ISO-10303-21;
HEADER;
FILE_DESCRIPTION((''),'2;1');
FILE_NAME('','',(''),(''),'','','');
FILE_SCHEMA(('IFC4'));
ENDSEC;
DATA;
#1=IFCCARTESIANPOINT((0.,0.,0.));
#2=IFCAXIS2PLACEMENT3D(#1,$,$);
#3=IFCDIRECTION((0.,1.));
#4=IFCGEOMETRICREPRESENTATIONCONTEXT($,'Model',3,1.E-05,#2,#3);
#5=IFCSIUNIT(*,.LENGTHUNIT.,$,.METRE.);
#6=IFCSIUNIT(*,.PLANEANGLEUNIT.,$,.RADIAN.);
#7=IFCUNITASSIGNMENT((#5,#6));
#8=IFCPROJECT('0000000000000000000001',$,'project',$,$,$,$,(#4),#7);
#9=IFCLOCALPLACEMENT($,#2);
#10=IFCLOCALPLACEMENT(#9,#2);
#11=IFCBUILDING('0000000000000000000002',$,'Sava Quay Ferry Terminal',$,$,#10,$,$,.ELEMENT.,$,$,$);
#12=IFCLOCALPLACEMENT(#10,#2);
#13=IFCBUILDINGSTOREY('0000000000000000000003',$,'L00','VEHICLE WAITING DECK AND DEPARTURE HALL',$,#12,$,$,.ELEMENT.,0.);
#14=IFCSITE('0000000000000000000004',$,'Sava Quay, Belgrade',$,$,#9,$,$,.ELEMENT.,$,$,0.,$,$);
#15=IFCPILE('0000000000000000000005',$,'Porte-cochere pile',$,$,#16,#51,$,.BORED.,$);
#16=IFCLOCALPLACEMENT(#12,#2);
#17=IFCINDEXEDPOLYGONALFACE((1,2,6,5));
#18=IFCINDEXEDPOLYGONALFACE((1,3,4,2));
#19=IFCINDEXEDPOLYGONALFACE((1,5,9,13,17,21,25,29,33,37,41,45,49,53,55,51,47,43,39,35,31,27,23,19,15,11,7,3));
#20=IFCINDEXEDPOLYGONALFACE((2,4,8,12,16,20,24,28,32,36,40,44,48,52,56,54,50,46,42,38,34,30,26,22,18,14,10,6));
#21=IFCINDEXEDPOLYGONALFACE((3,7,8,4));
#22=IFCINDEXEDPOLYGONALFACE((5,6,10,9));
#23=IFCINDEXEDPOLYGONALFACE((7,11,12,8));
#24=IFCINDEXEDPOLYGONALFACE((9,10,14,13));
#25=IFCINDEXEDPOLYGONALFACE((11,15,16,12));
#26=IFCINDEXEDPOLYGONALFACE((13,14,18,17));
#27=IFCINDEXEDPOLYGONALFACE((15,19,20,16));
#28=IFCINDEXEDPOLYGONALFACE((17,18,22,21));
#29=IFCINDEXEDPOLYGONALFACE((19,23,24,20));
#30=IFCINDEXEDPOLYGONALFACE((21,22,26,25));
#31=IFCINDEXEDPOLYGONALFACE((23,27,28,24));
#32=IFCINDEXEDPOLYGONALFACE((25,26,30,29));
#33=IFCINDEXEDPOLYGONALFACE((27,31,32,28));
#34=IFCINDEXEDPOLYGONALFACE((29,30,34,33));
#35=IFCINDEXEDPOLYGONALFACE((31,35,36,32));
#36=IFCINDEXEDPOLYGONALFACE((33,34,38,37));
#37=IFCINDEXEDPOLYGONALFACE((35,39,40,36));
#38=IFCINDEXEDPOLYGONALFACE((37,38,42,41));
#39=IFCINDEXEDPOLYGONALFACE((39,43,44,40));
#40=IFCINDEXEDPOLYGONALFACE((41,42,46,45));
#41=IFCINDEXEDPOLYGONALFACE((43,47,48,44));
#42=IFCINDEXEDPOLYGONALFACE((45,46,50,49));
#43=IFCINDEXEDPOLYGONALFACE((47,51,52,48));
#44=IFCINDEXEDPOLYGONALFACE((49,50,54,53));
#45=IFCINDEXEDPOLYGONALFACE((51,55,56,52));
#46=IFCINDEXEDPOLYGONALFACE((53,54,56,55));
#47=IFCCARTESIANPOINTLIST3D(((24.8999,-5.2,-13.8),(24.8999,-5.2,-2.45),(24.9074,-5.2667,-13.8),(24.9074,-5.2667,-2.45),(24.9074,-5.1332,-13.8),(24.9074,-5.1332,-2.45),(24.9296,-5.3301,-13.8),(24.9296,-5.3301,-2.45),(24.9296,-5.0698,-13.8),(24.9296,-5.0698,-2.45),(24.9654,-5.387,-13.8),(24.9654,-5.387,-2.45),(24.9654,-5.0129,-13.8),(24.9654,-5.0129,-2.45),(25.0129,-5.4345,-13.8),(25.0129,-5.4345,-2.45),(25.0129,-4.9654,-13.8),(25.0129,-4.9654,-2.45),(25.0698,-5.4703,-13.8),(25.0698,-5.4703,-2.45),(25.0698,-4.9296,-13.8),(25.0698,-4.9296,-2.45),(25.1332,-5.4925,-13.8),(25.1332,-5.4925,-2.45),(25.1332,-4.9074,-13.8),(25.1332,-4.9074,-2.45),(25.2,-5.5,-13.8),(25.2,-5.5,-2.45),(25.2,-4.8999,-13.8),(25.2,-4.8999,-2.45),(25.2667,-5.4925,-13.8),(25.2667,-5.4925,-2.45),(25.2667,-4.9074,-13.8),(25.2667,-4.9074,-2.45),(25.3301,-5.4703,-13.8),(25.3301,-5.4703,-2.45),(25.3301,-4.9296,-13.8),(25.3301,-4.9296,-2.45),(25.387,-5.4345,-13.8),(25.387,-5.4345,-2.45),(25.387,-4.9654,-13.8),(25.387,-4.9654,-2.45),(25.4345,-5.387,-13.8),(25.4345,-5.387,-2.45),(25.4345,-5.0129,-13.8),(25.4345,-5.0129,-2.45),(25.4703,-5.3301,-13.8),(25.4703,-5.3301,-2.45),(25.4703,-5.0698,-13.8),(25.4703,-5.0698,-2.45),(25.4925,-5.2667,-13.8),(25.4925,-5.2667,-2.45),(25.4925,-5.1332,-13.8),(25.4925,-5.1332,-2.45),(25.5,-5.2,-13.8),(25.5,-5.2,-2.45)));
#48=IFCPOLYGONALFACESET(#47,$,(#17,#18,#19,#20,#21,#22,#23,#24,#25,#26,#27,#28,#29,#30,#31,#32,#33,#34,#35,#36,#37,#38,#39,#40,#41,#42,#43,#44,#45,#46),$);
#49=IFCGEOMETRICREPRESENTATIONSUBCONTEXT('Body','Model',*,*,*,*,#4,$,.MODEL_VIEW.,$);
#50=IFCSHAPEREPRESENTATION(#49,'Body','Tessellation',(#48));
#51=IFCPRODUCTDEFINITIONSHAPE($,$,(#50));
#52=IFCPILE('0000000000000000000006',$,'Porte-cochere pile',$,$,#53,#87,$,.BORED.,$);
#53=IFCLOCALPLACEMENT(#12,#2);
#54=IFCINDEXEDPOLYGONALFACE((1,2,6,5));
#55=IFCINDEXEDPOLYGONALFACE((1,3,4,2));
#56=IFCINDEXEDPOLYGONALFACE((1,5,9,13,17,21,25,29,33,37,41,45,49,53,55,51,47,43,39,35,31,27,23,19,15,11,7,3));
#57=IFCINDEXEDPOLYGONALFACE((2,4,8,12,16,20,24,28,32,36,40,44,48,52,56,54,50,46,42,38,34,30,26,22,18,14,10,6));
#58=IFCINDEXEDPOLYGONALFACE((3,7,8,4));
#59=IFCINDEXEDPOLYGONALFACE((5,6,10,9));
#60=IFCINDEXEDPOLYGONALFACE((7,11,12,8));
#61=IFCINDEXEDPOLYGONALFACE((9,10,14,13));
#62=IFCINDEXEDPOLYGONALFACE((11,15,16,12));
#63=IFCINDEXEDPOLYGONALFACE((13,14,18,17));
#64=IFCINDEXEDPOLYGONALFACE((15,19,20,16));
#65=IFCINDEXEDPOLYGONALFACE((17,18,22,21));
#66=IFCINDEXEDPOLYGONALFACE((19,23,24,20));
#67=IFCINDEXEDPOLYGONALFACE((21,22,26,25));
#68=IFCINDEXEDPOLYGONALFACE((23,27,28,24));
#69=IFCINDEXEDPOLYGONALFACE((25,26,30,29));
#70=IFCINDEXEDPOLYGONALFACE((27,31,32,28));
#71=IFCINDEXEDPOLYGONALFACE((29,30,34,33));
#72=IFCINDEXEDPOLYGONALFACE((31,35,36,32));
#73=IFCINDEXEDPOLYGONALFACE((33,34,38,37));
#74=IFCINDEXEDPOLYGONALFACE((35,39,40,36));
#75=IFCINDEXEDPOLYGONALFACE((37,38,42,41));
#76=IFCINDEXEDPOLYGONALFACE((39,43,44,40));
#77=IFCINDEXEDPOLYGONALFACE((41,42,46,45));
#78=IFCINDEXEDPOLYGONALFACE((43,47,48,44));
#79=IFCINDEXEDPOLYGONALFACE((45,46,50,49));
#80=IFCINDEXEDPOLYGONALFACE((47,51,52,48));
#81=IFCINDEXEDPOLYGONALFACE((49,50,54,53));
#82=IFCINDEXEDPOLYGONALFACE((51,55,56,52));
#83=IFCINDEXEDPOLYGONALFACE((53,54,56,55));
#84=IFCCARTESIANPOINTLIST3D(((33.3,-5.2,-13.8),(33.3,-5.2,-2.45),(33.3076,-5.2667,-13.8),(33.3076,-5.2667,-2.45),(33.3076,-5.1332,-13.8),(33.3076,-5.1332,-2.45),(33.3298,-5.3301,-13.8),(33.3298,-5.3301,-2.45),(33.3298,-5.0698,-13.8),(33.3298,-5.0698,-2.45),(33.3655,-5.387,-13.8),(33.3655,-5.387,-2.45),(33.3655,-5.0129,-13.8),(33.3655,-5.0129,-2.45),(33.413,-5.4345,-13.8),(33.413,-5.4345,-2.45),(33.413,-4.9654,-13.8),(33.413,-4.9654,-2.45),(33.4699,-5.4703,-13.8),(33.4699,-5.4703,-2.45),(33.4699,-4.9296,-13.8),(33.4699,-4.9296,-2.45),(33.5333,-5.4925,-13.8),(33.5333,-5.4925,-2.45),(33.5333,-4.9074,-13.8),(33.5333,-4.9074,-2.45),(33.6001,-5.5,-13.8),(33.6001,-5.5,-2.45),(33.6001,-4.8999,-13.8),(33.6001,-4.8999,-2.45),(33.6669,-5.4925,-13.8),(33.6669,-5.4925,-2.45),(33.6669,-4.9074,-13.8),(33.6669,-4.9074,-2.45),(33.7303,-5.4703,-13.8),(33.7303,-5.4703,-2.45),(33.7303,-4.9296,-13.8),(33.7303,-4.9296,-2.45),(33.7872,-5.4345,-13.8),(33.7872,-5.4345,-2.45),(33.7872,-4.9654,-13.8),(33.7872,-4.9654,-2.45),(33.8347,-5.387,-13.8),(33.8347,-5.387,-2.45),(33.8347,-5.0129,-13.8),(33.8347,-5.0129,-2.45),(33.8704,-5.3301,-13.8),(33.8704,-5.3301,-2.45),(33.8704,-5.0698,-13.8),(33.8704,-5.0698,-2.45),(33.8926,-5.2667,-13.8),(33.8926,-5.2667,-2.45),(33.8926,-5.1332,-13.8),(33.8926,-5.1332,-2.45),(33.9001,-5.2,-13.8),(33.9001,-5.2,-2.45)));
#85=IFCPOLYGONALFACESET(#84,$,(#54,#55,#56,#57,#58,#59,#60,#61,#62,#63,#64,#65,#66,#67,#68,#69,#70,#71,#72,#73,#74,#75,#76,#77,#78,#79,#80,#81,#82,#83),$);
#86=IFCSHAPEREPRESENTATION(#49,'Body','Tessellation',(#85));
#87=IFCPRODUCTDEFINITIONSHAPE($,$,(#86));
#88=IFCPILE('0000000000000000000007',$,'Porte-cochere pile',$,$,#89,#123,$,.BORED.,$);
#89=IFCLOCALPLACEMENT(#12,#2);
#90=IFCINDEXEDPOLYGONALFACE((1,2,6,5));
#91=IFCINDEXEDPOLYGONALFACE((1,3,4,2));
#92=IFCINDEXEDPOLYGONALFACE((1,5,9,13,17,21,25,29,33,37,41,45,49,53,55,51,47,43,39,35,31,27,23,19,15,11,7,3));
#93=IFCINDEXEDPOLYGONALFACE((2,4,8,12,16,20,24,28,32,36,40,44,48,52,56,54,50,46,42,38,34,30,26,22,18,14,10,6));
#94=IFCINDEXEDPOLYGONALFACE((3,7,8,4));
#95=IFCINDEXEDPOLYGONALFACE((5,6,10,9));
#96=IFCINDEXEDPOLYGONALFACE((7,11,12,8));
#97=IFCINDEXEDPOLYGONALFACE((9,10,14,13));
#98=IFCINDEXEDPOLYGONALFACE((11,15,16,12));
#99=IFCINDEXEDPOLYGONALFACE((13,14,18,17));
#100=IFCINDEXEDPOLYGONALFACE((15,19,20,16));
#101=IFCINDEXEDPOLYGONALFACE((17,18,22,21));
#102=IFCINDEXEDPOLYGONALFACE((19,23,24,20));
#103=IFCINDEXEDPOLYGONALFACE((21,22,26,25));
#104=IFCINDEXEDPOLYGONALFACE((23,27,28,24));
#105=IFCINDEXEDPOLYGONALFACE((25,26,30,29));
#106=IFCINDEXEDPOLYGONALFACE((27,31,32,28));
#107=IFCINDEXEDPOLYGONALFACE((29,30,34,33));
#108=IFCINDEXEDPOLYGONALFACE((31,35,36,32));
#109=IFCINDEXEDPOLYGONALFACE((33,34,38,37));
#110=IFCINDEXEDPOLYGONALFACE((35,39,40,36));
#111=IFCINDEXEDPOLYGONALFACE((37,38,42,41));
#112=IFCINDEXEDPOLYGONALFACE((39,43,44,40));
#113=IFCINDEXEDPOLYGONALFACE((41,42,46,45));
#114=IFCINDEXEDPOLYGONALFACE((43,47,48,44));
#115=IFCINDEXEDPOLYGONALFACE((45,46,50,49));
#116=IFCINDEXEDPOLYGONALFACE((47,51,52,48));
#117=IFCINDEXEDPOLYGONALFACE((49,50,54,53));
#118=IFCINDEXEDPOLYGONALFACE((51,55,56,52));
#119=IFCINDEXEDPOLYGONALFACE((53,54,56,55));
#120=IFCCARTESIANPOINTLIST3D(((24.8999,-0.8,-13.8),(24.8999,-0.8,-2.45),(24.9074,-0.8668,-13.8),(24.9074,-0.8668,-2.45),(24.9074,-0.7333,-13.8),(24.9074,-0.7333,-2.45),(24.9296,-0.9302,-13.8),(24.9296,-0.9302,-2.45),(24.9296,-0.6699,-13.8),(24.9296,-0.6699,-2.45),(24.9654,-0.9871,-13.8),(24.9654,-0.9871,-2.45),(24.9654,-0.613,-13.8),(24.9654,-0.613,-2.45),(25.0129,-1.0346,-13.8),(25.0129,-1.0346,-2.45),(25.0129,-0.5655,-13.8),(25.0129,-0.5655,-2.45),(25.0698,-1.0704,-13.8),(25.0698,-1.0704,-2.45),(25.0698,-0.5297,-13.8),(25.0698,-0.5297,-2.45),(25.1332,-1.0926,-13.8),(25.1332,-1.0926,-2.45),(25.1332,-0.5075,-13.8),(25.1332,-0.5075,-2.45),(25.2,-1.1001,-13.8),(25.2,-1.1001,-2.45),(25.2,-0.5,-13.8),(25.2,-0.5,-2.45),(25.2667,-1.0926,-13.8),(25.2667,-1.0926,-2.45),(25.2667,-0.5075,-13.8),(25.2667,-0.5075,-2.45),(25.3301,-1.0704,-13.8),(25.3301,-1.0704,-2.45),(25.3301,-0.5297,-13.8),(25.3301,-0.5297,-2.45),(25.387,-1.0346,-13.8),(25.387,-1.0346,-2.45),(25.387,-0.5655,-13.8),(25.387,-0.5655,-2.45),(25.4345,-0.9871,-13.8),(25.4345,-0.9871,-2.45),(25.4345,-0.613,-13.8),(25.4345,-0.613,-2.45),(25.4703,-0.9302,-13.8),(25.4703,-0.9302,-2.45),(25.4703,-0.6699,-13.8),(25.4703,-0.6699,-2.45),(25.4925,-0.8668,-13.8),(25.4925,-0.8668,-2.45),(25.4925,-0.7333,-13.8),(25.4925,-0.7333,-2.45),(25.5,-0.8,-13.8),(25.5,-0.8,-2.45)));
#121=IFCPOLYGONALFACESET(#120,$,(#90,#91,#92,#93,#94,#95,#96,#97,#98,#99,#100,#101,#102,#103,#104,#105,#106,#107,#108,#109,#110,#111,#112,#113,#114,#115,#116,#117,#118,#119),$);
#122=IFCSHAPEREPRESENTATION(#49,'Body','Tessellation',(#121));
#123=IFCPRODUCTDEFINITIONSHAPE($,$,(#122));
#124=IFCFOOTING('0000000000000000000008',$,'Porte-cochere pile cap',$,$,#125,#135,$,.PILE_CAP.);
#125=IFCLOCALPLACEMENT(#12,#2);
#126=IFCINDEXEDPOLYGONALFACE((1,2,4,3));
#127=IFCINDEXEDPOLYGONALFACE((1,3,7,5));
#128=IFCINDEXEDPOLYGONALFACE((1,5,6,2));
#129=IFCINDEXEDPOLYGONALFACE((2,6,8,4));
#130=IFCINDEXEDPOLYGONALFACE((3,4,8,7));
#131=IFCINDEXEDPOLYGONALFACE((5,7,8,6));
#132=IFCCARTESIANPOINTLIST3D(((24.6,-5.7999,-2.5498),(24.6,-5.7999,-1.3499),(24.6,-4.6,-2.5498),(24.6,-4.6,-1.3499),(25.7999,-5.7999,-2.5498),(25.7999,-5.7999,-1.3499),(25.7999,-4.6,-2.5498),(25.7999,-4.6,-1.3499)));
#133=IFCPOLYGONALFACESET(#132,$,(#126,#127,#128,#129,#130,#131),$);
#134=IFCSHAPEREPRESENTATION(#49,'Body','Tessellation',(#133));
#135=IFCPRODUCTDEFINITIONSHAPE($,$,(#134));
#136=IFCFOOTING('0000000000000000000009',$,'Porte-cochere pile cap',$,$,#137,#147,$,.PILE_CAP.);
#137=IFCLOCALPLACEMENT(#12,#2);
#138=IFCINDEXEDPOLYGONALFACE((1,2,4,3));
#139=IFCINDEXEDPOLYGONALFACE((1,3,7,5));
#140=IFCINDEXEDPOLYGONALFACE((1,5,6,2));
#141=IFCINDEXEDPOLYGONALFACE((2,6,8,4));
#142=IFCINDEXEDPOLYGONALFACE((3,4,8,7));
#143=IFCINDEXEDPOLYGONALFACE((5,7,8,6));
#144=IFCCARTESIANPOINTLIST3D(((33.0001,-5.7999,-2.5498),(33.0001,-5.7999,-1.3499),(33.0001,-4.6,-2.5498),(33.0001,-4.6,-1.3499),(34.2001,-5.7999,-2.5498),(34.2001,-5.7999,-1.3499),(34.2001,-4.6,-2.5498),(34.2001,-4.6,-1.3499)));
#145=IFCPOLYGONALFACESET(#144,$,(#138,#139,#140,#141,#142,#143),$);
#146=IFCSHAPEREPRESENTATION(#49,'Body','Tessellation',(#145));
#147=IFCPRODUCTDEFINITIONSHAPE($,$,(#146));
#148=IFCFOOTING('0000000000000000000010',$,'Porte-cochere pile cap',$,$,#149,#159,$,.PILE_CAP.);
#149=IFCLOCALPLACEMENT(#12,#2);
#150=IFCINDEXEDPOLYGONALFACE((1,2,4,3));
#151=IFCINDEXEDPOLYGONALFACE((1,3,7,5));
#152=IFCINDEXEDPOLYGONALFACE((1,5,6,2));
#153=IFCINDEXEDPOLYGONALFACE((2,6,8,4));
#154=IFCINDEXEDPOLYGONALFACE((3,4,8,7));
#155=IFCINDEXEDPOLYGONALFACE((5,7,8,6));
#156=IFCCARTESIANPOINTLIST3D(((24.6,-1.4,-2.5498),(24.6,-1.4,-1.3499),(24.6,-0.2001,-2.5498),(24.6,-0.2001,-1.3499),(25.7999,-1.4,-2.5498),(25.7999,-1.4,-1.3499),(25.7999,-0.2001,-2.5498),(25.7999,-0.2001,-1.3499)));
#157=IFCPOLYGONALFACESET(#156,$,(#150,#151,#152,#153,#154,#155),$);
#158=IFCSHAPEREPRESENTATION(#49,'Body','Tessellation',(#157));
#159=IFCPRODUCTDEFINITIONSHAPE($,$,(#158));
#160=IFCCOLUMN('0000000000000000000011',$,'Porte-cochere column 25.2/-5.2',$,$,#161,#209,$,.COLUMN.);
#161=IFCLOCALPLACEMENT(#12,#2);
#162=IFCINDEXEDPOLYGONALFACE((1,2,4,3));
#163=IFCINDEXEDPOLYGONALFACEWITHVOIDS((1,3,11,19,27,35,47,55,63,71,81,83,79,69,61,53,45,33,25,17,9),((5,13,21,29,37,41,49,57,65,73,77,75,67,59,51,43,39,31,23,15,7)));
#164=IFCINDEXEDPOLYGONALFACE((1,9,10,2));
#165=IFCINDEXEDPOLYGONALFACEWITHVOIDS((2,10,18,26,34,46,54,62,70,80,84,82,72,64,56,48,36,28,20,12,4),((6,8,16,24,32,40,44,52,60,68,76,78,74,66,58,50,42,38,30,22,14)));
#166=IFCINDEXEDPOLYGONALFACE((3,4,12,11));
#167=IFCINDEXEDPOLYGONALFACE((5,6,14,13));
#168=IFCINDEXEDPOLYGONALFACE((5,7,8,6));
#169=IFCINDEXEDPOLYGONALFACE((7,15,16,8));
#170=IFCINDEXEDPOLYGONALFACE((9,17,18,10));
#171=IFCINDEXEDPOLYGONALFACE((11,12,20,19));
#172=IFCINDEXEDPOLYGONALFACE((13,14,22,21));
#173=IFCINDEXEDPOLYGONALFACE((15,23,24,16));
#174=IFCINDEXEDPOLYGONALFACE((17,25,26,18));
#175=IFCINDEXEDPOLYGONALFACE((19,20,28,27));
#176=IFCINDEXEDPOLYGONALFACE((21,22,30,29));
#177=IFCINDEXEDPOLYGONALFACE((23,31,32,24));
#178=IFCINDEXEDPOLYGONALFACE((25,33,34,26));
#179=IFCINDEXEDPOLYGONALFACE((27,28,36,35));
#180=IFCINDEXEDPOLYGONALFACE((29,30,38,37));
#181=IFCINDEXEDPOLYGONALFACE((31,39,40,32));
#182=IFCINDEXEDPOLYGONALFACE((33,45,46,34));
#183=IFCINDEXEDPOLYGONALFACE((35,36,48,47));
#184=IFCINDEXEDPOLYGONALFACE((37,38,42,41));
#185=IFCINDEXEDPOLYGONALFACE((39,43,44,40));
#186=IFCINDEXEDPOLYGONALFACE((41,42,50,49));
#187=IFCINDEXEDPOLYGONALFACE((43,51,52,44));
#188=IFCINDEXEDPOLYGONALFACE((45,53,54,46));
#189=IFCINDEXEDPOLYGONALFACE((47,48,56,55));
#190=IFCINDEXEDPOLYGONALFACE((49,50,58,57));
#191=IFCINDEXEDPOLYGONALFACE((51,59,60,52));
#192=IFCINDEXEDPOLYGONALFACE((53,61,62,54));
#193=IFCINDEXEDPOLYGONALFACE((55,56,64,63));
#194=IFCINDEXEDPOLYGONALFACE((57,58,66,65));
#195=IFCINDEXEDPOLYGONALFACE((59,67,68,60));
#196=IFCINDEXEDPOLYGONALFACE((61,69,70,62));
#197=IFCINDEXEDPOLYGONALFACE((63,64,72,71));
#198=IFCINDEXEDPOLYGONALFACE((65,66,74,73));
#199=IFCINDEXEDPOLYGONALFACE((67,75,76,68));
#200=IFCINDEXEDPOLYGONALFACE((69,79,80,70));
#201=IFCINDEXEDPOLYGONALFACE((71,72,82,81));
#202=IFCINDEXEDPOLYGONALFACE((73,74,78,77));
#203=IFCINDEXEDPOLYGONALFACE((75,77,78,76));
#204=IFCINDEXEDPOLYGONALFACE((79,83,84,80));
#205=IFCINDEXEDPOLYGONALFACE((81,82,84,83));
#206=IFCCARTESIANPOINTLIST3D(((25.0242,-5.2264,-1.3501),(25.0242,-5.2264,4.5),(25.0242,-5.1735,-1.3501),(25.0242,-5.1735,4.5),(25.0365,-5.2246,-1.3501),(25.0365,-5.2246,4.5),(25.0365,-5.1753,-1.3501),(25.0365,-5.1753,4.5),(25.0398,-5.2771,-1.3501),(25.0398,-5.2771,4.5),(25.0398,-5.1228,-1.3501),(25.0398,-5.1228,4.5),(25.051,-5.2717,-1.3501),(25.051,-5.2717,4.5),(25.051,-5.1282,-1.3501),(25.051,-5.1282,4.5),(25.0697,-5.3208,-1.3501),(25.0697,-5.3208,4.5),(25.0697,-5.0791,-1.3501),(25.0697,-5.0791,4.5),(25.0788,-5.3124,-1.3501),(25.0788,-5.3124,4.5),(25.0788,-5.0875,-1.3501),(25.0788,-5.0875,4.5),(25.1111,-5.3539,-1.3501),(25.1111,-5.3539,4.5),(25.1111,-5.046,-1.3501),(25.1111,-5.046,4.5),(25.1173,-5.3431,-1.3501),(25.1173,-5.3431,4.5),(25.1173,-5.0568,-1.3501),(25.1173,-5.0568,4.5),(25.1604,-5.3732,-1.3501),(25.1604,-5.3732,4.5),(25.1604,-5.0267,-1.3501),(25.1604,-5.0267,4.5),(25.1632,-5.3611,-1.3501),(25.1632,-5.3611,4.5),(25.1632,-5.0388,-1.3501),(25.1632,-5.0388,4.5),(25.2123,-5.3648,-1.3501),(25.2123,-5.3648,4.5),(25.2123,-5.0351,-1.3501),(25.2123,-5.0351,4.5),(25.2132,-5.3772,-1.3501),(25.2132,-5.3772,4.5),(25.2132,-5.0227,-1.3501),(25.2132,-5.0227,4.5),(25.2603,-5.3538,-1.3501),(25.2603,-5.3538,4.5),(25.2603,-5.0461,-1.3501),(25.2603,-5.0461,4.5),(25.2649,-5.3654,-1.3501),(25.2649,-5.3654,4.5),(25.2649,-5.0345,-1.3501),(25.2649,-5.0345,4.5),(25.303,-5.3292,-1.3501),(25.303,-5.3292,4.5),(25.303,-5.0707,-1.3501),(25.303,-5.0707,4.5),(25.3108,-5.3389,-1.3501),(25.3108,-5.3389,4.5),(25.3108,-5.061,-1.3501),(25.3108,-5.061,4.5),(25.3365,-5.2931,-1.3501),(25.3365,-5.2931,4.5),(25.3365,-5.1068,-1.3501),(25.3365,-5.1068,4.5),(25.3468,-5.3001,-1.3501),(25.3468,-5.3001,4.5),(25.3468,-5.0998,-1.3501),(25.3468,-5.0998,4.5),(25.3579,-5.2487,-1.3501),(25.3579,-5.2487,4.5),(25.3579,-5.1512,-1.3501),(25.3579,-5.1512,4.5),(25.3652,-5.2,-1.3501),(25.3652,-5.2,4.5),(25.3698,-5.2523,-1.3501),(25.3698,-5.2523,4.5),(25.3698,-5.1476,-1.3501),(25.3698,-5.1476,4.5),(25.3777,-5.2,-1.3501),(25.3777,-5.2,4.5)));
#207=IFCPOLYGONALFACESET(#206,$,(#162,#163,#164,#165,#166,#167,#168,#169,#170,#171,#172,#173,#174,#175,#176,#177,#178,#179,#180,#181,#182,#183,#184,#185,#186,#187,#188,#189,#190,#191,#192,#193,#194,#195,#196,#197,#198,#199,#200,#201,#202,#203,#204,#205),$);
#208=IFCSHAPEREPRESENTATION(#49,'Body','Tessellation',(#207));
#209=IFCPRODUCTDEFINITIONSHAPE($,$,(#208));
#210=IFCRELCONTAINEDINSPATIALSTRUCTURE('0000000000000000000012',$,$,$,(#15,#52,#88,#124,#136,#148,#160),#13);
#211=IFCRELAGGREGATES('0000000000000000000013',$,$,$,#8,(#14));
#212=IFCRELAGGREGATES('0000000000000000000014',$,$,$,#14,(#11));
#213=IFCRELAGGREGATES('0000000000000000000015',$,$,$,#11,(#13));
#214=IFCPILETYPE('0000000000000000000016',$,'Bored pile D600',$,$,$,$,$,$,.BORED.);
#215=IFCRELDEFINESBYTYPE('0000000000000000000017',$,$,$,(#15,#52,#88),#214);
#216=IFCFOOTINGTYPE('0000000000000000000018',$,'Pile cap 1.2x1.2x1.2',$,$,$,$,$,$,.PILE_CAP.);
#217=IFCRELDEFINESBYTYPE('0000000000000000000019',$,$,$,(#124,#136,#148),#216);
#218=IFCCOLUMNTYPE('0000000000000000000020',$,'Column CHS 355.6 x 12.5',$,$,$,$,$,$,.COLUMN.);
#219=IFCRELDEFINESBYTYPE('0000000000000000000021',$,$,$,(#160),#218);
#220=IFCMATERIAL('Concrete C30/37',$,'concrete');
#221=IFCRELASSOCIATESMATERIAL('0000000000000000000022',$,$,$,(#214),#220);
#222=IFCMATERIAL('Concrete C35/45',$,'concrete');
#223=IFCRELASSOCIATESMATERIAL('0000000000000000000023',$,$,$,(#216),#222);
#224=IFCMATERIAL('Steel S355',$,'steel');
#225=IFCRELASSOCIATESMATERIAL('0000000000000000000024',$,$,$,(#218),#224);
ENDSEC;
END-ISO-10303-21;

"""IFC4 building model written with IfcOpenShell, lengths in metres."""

from ifc_helpers import new_model, si_unit, direction, frame, origin, origin_2d, place, context, subcontext, project, spatial, rectangle, circle, hollow_circle, extrude, material, material_profile, profile_set, type_object, element, save


model = new_model("IFC4")

# Units and contexts
model_context = context("Model", 3, precision=1e-05, world=origin(), true_north=direction((0.0, 1.0)))
body_context = subcontext(model_context, "Body", "Model", "MODEL_VIEW")
ifc_project = project(units=[si_unit("LENGTHUNIT", "METRE"), si_unit("PLANEANGLEUNIT", "RADIAN")], contexts=[model_context])

# Site, building, storey
site_placement = place(None, origin())
site = spatial("IfcSite", under=ifc_project, at=site_placement, Name="Sava Quay, Belgrade", CompositionType="ELEMENT", RefElevation=0.0)
building_placement = place(site_placement, origin())
building = spatial("IfcBuilding", under=site, at=building_placement, Name="Sava Quay Ferry Terminal", CompositionType="ELEMENT")
storey_placement = place(building_placement, origin())
storey = spatial("IfcBuildingStorey", under=building, at=storey_placement, Name="L00", Description="VEHICLE WAITING DECK AND DEPARTURE HALL", CompositionType="ELEMENT", Elevation=0.0)

# Piles
ifc_material_1 = material(Name="Concrete C30/37", Category="concrete")
ifc_material_profile_1 = material_profile(ifc_material_1, circle(Radius=0.3, at=origin_2d()), Name="Bored pile D600")
ifc_profile_set_1 = profile_set([ifc_material_profile_1], Name="Concrete C30/37")
pile_type = type_object("IfcPileType", Name="Bored pile D600", PredefinedType="BORED", material=ifc_profile_set_1)
for number, where, z_axis, x_axis, name in (
    (1, (25.2, -5.2, -2.45), (0.0, 0.0, -1.0), (1.0, 0.0, 0.0), "Porte-cochere pile"),
    (2, (33.6001, -5.2, -2.45), (0.0, 0.0, -1.0), (1.0, 0.0, 0.0), "Porte-cochere pile"),
    (3, (25.2, -0.8, -2.45), (0.0, 0.0, -1.0), (1.0, 0.0, 0.0), "Porte-cochere pile"),
):
    element("IfcPile", number, at=place(storey_placement, frame(where, z_axis=z_axis, x_axis=x_axis)), inside=storey, type_object=pile_type, Name=name, PredefinedType="BORED", context=body_context, shape_type="SweptSolid", body=[
        extrude(circle(Radius=0.3, at=origin_2d()), origin(), (0.0, 0.0, 1.0), 11.3501),
    ])

# Footings
ifc_material_2 = material(Name="Concrete C35/45", Category="concrete")
footing_type = type_object("IfcFootingType", Name="Pile cap 1.2x1.2x1.2", PredefinedType="PILE_CAP", material=ifc_material_2)
for number, where, z_axis, x_axis, name in (
    (4, (25.2, -5.2, -2.5498), (0.0, 0.0, 1.0), (1.0, 0.0, 0.0), "Porte-cochere pile cap"),
    (5, (33.6001, -5.2, -2.5498), (0.0, 0.0, 1.0), (1.0, 0.0, 0.0), "Porte-cochere pile cap"),
    (6, (25.2, -0.8, -2.5498), (0.0, 0.0, 1.0), (1.0, 0.0, 0.0), "Porte-cochere pile cap"),
):
    element("IfcFooting", number, at=place(storey_placement, frame(where, z_axis=z_axis, x_axis=x_axis)), inside=storey, type_object=footing_type, Name=name, PredefinedType="PILE_CAP", context=body_context, shape_type="SweptSolid", body=[
        extrude(rectangle(XDim=1.2, YDim=1.2, at=origin_2d()), origin(), (0.0, 0.0, 1.0), 1.2),
    ])

# Column
ifc_material_3 = material(Name="Steel S355", Category="steel")
ifc_material_profile_2 = material_profile(ifc_material_3, hollow_circle(Radius=0.1777, WallThickness=0.0125, at=origin_2d()), Name="CHS 355.6 x 12.5")
ifc_profile_set_2 = profile_set([ifc_material_profile_2], Name="Steel S355")
column_type = type_object("IfcColumnType", Name="Column CHS 355.6 x 12.5", PredefinedType="COLUMN", material=ifc_profile_set_2)
for number, where, z_axis, x_axis, name in (
    (7, (25.2, -5.2, -1.3501), (0.0, 0.0, 1.0), (1.0, 0.0, 0.0), "Porte-cochere column 25.2/-5.2"),
):
    element("IfcColumn", number, at=place(storey_placement, frame(where, z_axis=z_axis, x_axis=x_axis)), inside=storey, type_object=column_type, Name=name, PredefinedType="COLUMN", context=body_context, shape_type="SweptSolid", body=[
        extrude(hollow_circle(Radius=0.1777, WallThickness=0.0125, at=origin_2d()), origin(), (0.0, 0.0, 1.0), 5.8501),
    ])

save(model, "model.ifc")
